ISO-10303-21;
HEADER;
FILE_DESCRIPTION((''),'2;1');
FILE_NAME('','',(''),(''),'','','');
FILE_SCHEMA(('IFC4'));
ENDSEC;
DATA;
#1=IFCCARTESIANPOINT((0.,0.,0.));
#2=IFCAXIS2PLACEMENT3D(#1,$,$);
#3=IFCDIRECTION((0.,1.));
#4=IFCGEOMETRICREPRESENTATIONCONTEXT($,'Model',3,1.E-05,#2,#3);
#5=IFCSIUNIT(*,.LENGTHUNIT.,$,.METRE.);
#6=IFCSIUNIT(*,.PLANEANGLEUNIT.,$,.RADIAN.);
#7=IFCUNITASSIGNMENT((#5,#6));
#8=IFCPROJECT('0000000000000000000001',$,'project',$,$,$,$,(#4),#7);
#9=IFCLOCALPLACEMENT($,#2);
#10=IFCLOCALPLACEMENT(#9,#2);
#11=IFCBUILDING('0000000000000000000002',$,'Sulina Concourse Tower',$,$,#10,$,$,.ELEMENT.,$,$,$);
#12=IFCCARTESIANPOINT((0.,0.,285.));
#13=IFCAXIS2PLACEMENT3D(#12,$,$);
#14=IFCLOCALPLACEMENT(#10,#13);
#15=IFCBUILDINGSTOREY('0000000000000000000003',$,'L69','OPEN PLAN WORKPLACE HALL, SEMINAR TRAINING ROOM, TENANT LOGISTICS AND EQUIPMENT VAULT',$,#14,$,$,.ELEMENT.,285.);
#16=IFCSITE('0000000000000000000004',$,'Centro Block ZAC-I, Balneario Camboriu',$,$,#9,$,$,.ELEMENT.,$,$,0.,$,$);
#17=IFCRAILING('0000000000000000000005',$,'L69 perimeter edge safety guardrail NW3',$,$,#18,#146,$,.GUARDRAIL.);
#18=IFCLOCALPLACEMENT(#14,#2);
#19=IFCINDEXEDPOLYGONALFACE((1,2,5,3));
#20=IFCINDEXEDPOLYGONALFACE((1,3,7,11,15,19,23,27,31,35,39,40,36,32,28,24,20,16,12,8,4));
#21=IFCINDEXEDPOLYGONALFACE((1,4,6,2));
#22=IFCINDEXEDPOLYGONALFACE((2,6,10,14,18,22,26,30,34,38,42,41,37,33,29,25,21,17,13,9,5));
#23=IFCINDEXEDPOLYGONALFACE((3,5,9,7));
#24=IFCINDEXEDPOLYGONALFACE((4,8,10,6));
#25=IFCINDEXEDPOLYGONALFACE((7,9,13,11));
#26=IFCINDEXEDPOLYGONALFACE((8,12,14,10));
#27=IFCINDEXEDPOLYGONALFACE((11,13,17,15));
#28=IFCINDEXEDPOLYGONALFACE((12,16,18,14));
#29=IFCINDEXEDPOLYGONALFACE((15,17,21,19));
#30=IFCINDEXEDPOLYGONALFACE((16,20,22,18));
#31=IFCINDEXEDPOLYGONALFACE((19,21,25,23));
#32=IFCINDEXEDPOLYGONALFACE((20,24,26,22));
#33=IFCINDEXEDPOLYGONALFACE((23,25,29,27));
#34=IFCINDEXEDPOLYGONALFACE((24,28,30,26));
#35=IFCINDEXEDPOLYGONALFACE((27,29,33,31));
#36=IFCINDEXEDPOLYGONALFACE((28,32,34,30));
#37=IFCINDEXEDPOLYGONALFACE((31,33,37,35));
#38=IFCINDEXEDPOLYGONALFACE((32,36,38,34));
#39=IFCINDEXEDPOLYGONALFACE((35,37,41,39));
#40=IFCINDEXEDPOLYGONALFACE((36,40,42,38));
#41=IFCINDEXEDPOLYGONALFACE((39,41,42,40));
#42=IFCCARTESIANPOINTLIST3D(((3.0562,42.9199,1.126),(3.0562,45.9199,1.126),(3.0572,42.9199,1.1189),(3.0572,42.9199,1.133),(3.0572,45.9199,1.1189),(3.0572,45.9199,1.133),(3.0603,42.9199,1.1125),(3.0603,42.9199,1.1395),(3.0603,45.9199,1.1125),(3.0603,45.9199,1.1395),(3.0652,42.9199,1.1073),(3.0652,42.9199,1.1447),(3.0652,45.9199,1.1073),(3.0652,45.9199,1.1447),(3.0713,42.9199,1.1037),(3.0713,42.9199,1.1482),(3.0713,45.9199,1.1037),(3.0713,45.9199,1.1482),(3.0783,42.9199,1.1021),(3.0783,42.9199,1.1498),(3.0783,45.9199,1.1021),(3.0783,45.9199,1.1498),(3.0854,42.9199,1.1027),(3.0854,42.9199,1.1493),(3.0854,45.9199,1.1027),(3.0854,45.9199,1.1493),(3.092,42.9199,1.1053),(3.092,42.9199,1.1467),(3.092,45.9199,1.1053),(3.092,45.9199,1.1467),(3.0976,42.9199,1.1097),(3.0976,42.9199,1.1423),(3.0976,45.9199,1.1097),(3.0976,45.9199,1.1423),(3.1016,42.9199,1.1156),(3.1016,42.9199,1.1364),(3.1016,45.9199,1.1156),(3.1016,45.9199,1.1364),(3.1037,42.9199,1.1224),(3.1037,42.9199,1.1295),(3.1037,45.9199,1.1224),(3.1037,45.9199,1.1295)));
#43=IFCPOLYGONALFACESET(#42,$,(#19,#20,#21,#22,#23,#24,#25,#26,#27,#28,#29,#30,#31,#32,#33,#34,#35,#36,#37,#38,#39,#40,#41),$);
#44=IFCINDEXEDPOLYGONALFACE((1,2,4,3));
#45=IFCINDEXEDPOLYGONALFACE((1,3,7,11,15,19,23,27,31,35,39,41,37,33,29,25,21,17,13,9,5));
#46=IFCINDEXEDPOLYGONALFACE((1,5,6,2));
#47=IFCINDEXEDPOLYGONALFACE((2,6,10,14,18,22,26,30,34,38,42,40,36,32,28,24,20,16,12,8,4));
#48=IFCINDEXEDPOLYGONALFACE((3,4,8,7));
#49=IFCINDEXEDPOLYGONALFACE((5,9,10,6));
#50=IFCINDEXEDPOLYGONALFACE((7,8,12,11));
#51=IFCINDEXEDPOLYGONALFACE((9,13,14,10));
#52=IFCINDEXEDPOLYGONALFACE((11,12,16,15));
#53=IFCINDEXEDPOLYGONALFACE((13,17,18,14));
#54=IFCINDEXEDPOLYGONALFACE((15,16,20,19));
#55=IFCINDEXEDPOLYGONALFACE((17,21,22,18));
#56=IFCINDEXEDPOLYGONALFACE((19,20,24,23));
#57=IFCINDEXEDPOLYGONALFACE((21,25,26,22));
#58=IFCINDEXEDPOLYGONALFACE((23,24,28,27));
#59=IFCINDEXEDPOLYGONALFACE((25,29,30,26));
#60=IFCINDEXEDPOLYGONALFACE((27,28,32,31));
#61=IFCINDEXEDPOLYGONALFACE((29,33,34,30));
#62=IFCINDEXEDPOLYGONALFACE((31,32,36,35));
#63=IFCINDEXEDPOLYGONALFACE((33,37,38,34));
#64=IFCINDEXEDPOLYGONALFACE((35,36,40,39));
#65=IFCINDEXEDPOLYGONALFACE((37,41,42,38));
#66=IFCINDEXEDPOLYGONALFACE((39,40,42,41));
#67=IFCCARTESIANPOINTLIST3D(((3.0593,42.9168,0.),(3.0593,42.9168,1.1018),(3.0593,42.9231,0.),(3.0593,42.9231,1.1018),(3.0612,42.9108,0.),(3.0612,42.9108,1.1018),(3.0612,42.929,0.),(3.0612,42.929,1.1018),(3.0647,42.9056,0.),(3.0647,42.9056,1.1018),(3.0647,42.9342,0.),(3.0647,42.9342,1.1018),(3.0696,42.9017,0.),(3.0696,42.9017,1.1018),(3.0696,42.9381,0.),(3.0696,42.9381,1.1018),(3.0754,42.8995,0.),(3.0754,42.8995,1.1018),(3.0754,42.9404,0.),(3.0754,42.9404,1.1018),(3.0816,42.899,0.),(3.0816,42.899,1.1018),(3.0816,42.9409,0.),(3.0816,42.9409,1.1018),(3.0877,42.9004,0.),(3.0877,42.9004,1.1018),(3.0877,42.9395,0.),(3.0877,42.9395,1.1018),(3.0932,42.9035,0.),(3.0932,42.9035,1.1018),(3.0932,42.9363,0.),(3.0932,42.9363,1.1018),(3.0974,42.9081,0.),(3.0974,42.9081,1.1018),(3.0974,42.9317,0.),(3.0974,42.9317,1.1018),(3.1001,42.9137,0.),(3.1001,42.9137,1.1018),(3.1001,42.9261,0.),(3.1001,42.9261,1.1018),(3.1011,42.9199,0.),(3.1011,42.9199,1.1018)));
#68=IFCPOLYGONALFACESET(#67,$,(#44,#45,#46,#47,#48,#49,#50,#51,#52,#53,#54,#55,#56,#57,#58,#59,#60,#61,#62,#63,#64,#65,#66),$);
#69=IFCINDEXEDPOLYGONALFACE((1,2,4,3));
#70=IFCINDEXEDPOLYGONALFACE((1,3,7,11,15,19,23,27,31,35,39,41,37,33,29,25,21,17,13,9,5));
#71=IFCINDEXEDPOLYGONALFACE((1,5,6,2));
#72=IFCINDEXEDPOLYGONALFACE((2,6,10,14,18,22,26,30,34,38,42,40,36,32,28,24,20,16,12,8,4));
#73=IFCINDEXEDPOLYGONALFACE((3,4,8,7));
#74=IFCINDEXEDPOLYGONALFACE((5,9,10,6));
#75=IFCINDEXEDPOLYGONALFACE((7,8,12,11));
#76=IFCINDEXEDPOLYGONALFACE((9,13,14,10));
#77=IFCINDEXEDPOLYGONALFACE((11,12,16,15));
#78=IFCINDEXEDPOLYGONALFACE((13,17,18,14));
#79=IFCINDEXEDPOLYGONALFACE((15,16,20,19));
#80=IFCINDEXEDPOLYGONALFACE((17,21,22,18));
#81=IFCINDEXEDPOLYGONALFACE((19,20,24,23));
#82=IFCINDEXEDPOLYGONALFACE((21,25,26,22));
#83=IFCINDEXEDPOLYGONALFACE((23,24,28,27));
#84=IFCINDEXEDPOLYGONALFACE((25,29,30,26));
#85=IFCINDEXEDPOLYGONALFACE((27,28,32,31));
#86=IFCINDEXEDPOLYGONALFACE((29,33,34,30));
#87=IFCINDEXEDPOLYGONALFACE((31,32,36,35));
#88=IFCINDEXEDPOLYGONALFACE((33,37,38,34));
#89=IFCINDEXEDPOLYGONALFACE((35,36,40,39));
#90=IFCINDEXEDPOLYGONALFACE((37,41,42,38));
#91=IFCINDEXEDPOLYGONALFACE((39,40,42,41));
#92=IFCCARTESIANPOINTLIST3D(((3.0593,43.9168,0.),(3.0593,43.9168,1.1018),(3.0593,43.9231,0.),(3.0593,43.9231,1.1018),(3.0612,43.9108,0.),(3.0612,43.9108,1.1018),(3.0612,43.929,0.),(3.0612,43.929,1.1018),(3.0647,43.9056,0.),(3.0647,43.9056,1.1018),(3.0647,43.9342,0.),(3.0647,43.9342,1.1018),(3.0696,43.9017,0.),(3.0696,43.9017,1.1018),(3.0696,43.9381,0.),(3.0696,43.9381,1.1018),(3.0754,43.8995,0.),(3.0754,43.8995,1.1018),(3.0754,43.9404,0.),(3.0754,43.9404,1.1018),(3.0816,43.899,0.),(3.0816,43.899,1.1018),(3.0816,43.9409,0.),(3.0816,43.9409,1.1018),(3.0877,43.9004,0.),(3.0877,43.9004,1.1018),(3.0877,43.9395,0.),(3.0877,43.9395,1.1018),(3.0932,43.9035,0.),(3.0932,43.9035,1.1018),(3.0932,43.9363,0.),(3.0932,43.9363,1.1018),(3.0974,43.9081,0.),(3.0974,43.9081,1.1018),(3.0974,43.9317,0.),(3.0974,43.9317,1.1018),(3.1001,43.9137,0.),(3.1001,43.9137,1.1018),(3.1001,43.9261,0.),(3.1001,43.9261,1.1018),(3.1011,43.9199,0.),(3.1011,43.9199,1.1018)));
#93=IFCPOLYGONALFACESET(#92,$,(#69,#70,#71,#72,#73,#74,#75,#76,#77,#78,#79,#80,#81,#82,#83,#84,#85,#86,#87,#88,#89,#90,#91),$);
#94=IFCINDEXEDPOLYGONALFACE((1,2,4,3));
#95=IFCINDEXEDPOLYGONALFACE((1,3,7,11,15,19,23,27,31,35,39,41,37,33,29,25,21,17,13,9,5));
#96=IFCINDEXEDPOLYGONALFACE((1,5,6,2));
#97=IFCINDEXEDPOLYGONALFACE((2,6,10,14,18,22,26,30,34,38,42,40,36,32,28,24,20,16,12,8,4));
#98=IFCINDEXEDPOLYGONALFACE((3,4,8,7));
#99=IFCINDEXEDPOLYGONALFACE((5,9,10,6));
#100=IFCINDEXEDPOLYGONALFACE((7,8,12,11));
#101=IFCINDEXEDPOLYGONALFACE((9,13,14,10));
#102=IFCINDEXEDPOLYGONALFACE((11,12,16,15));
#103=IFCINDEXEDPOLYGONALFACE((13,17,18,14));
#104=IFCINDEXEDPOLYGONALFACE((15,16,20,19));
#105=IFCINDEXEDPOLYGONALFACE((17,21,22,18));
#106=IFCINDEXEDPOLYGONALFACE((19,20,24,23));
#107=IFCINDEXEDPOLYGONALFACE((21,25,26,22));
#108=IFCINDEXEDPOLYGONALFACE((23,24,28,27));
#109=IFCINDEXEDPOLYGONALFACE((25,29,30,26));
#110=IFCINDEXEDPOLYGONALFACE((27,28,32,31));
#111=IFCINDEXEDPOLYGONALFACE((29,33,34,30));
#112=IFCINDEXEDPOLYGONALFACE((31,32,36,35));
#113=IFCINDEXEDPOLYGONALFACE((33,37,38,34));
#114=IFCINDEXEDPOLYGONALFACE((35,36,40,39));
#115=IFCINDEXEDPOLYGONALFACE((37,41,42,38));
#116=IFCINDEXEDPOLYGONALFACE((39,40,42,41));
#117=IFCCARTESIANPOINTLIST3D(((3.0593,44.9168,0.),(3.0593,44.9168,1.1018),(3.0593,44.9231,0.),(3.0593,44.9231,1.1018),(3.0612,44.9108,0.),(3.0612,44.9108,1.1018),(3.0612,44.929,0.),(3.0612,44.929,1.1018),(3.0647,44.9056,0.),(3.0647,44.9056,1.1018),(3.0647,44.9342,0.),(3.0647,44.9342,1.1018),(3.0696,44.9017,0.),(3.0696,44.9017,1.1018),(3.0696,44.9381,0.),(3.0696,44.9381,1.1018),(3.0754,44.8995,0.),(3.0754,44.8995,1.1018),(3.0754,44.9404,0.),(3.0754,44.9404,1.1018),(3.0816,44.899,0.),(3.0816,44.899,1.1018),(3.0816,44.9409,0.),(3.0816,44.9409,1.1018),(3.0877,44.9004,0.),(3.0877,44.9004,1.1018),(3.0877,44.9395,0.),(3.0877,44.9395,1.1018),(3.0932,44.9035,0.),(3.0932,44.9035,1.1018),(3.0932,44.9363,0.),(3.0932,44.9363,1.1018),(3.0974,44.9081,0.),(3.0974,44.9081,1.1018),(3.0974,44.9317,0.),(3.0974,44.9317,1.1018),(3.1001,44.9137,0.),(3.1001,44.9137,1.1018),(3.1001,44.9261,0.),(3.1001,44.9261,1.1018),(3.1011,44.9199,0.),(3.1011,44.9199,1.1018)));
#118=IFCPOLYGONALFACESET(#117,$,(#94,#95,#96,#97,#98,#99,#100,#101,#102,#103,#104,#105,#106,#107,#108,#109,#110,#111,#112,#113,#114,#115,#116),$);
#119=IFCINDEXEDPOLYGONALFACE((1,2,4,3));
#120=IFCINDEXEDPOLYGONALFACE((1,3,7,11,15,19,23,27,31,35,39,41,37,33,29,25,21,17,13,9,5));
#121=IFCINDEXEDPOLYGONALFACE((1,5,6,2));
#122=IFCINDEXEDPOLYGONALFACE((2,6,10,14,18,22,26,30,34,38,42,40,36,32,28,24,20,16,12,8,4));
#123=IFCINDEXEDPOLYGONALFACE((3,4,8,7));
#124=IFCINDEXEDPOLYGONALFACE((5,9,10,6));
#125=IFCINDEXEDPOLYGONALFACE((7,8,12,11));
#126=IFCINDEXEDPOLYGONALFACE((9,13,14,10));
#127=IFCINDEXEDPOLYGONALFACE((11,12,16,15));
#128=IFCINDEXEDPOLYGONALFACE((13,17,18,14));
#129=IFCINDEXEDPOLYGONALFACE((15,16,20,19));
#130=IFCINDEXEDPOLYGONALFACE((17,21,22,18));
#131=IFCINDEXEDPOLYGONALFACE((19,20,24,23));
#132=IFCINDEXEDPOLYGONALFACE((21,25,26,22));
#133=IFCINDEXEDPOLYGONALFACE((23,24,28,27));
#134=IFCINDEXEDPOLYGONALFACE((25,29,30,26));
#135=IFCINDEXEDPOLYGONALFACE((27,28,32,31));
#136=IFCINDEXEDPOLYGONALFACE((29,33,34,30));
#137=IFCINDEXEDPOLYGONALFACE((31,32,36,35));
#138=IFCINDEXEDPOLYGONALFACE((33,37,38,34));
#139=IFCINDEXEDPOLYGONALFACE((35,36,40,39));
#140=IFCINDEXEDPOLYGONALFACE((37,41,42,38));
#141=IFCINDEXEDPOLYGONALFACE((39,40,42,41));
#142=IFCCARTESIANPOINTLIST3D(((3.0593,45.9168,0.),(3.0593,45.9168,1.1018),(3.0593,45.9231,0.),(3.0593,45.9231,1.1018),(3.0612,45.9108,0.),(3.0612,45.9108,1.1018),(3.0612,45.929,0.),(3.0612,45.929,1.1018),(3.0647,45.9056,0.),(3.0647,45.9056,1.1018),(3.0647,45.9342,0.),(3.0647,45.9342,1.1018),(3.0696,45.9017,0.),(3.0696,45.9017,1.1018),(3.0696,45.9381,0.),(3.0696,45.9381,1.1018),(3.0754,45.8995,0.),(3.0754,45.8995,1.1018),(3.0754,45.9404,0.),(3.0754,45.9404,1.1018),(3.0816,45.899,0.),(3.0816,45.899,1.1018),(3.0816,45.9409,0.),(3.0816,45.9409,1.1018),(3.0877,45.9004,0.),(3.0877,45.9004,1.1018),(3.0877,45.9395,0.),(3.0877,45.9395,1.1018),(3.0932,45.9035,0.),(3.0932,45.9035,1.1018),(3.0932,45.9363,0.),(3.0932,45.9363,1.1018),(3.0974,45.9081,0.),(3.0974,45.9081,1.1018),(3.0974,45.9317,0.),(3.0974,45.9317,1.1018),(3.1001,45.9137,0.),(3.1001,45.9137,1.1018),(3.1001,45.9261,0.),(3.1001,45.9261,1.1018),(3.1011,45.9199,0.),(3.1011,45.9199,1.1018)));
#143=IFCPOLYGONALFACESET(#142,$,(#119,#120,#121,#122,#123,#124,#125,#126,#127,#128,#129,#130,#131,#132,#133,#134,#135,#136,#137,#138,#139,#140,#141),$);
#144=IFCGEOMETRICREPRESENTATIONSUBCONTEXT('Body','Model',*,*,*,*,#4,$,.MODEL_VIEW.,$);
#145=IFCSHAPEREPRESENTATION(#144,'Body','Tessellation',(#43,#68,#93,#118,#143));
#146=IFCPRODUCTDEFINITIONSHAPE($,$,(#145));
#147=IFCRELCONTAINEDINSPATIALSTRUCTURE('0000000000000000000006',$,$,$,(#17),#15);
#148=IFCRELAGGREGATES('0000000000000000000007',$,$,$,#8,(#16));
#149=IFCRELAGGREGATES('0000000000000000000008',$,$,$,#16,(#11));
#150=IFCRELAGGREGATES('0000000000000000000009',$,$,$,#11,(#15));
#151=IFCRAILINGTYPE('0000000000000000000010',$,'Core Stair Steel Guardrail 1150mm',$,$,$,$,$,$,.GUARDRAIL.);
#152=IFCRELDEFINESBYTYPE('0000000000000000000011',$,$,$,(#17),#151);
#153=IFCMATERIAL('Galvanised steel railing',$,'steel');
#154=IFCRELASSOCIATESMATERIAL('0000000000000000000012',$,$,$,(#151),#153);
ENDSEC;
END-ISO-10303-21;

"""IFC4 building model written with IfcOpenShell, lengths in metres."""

from ifc_helpers import new_model, si_unit, direction, frame, origin, origin_2d, place, context, subcontext, project, spatial, circle, extrude, material, type_object, element, save


model = new_model("IFC4")

# Units and contexts
model_context = context("Model", 3, precision=1e-05, world=origin(), true_north=direction((0.0, 1.0)))
body_context = subcontext(model_context, "Body", "Model", "MODEL_VIEW")
ifc_project = project(units=[si_unit("LENGTHUNIT", "METRE"), si_unit("PLANEANGLEUNIT", "RADIAN")], contexts=[model_context])

# Site, building, storey
site_placement = place(None, origin())
site = spatial("IfcSite", under=ifc_project, at=site_placement, Name="Centro Block ZAC-I, Balneario Camboriu", CompositionType="ELEMENT", RefElevation=0.0)
building_placement = place(site_placement, origin())
building = spatial("IfcBuilding", under=site, at=building_placement, Name="Sulina Concourse Tower", CompositionType="ELEMENT")
storey_placement = place(building_placement, frame((0.0, 0.0, 285.0)))
storey = spatial("IfcBuildingStorey", under=building, at=storey_placement, Name="L69", Description="OPEN PLAN WORKPLACE HALL, SEMINAR TRAINING ROOM, TENANT LOGISTICS AND EQUIPMENT VAULT", CompositionType="ELEMENT", Elevation=285.0)

# Railing
ifc_material_1 = material(Name="Galvanised steel railing", Category="steel")
railing_type_1 = type_object("IfcRailingType", Name="Core Stair Steel Guardrail 1150mm", PredefinedType="GUARDRAIL", material=ifc_material_1)
railing_1_placement = place(storey_placement, frame((3.0801, 42.9199, 0.0)))
element("IfcRailing", 1, at=railing_1_placement, inside=storey, type_object=railing_type_1, Name="L69 perimeter edge safety guardrail NW3", PredefinedType="GUARDRAIL", context=body_context, shape_type="SweptSolid", body=[
    extrude(circle(Radius=0.0239, at=origin_2d()), frame((0.0, 0.0, 1.126), z_axis=(0.0, 1.0, 0.0), x_axis=(-1.0, 0.0, 0.0)), (0.0, 0.0, 1.0), 3.0),
    extrude(circle(Radius=0.021, at=origin_2d()), origin(), (0.0, 0.0, 1.0), 1.1018),
    extrude(circle(Radius=0.021, at=origin_2d()), frame((0.0, 1.0, 0.0)), (0.0, 0.0, 1.0), 1.1018),
    extrude(circle(Radius=0.021, at=origin_2d()), frame((0.0, 2.0, 0.0)), (0.0, 0.0, 1.0), 1.1018),
    extrude(circle(Radius=0.021, at=origin_2d()), frame((0.0, 3.0, 0.0)), (0.0, 0.0, 1.0), 1.1018),
])

save(model, "model.ifc")
